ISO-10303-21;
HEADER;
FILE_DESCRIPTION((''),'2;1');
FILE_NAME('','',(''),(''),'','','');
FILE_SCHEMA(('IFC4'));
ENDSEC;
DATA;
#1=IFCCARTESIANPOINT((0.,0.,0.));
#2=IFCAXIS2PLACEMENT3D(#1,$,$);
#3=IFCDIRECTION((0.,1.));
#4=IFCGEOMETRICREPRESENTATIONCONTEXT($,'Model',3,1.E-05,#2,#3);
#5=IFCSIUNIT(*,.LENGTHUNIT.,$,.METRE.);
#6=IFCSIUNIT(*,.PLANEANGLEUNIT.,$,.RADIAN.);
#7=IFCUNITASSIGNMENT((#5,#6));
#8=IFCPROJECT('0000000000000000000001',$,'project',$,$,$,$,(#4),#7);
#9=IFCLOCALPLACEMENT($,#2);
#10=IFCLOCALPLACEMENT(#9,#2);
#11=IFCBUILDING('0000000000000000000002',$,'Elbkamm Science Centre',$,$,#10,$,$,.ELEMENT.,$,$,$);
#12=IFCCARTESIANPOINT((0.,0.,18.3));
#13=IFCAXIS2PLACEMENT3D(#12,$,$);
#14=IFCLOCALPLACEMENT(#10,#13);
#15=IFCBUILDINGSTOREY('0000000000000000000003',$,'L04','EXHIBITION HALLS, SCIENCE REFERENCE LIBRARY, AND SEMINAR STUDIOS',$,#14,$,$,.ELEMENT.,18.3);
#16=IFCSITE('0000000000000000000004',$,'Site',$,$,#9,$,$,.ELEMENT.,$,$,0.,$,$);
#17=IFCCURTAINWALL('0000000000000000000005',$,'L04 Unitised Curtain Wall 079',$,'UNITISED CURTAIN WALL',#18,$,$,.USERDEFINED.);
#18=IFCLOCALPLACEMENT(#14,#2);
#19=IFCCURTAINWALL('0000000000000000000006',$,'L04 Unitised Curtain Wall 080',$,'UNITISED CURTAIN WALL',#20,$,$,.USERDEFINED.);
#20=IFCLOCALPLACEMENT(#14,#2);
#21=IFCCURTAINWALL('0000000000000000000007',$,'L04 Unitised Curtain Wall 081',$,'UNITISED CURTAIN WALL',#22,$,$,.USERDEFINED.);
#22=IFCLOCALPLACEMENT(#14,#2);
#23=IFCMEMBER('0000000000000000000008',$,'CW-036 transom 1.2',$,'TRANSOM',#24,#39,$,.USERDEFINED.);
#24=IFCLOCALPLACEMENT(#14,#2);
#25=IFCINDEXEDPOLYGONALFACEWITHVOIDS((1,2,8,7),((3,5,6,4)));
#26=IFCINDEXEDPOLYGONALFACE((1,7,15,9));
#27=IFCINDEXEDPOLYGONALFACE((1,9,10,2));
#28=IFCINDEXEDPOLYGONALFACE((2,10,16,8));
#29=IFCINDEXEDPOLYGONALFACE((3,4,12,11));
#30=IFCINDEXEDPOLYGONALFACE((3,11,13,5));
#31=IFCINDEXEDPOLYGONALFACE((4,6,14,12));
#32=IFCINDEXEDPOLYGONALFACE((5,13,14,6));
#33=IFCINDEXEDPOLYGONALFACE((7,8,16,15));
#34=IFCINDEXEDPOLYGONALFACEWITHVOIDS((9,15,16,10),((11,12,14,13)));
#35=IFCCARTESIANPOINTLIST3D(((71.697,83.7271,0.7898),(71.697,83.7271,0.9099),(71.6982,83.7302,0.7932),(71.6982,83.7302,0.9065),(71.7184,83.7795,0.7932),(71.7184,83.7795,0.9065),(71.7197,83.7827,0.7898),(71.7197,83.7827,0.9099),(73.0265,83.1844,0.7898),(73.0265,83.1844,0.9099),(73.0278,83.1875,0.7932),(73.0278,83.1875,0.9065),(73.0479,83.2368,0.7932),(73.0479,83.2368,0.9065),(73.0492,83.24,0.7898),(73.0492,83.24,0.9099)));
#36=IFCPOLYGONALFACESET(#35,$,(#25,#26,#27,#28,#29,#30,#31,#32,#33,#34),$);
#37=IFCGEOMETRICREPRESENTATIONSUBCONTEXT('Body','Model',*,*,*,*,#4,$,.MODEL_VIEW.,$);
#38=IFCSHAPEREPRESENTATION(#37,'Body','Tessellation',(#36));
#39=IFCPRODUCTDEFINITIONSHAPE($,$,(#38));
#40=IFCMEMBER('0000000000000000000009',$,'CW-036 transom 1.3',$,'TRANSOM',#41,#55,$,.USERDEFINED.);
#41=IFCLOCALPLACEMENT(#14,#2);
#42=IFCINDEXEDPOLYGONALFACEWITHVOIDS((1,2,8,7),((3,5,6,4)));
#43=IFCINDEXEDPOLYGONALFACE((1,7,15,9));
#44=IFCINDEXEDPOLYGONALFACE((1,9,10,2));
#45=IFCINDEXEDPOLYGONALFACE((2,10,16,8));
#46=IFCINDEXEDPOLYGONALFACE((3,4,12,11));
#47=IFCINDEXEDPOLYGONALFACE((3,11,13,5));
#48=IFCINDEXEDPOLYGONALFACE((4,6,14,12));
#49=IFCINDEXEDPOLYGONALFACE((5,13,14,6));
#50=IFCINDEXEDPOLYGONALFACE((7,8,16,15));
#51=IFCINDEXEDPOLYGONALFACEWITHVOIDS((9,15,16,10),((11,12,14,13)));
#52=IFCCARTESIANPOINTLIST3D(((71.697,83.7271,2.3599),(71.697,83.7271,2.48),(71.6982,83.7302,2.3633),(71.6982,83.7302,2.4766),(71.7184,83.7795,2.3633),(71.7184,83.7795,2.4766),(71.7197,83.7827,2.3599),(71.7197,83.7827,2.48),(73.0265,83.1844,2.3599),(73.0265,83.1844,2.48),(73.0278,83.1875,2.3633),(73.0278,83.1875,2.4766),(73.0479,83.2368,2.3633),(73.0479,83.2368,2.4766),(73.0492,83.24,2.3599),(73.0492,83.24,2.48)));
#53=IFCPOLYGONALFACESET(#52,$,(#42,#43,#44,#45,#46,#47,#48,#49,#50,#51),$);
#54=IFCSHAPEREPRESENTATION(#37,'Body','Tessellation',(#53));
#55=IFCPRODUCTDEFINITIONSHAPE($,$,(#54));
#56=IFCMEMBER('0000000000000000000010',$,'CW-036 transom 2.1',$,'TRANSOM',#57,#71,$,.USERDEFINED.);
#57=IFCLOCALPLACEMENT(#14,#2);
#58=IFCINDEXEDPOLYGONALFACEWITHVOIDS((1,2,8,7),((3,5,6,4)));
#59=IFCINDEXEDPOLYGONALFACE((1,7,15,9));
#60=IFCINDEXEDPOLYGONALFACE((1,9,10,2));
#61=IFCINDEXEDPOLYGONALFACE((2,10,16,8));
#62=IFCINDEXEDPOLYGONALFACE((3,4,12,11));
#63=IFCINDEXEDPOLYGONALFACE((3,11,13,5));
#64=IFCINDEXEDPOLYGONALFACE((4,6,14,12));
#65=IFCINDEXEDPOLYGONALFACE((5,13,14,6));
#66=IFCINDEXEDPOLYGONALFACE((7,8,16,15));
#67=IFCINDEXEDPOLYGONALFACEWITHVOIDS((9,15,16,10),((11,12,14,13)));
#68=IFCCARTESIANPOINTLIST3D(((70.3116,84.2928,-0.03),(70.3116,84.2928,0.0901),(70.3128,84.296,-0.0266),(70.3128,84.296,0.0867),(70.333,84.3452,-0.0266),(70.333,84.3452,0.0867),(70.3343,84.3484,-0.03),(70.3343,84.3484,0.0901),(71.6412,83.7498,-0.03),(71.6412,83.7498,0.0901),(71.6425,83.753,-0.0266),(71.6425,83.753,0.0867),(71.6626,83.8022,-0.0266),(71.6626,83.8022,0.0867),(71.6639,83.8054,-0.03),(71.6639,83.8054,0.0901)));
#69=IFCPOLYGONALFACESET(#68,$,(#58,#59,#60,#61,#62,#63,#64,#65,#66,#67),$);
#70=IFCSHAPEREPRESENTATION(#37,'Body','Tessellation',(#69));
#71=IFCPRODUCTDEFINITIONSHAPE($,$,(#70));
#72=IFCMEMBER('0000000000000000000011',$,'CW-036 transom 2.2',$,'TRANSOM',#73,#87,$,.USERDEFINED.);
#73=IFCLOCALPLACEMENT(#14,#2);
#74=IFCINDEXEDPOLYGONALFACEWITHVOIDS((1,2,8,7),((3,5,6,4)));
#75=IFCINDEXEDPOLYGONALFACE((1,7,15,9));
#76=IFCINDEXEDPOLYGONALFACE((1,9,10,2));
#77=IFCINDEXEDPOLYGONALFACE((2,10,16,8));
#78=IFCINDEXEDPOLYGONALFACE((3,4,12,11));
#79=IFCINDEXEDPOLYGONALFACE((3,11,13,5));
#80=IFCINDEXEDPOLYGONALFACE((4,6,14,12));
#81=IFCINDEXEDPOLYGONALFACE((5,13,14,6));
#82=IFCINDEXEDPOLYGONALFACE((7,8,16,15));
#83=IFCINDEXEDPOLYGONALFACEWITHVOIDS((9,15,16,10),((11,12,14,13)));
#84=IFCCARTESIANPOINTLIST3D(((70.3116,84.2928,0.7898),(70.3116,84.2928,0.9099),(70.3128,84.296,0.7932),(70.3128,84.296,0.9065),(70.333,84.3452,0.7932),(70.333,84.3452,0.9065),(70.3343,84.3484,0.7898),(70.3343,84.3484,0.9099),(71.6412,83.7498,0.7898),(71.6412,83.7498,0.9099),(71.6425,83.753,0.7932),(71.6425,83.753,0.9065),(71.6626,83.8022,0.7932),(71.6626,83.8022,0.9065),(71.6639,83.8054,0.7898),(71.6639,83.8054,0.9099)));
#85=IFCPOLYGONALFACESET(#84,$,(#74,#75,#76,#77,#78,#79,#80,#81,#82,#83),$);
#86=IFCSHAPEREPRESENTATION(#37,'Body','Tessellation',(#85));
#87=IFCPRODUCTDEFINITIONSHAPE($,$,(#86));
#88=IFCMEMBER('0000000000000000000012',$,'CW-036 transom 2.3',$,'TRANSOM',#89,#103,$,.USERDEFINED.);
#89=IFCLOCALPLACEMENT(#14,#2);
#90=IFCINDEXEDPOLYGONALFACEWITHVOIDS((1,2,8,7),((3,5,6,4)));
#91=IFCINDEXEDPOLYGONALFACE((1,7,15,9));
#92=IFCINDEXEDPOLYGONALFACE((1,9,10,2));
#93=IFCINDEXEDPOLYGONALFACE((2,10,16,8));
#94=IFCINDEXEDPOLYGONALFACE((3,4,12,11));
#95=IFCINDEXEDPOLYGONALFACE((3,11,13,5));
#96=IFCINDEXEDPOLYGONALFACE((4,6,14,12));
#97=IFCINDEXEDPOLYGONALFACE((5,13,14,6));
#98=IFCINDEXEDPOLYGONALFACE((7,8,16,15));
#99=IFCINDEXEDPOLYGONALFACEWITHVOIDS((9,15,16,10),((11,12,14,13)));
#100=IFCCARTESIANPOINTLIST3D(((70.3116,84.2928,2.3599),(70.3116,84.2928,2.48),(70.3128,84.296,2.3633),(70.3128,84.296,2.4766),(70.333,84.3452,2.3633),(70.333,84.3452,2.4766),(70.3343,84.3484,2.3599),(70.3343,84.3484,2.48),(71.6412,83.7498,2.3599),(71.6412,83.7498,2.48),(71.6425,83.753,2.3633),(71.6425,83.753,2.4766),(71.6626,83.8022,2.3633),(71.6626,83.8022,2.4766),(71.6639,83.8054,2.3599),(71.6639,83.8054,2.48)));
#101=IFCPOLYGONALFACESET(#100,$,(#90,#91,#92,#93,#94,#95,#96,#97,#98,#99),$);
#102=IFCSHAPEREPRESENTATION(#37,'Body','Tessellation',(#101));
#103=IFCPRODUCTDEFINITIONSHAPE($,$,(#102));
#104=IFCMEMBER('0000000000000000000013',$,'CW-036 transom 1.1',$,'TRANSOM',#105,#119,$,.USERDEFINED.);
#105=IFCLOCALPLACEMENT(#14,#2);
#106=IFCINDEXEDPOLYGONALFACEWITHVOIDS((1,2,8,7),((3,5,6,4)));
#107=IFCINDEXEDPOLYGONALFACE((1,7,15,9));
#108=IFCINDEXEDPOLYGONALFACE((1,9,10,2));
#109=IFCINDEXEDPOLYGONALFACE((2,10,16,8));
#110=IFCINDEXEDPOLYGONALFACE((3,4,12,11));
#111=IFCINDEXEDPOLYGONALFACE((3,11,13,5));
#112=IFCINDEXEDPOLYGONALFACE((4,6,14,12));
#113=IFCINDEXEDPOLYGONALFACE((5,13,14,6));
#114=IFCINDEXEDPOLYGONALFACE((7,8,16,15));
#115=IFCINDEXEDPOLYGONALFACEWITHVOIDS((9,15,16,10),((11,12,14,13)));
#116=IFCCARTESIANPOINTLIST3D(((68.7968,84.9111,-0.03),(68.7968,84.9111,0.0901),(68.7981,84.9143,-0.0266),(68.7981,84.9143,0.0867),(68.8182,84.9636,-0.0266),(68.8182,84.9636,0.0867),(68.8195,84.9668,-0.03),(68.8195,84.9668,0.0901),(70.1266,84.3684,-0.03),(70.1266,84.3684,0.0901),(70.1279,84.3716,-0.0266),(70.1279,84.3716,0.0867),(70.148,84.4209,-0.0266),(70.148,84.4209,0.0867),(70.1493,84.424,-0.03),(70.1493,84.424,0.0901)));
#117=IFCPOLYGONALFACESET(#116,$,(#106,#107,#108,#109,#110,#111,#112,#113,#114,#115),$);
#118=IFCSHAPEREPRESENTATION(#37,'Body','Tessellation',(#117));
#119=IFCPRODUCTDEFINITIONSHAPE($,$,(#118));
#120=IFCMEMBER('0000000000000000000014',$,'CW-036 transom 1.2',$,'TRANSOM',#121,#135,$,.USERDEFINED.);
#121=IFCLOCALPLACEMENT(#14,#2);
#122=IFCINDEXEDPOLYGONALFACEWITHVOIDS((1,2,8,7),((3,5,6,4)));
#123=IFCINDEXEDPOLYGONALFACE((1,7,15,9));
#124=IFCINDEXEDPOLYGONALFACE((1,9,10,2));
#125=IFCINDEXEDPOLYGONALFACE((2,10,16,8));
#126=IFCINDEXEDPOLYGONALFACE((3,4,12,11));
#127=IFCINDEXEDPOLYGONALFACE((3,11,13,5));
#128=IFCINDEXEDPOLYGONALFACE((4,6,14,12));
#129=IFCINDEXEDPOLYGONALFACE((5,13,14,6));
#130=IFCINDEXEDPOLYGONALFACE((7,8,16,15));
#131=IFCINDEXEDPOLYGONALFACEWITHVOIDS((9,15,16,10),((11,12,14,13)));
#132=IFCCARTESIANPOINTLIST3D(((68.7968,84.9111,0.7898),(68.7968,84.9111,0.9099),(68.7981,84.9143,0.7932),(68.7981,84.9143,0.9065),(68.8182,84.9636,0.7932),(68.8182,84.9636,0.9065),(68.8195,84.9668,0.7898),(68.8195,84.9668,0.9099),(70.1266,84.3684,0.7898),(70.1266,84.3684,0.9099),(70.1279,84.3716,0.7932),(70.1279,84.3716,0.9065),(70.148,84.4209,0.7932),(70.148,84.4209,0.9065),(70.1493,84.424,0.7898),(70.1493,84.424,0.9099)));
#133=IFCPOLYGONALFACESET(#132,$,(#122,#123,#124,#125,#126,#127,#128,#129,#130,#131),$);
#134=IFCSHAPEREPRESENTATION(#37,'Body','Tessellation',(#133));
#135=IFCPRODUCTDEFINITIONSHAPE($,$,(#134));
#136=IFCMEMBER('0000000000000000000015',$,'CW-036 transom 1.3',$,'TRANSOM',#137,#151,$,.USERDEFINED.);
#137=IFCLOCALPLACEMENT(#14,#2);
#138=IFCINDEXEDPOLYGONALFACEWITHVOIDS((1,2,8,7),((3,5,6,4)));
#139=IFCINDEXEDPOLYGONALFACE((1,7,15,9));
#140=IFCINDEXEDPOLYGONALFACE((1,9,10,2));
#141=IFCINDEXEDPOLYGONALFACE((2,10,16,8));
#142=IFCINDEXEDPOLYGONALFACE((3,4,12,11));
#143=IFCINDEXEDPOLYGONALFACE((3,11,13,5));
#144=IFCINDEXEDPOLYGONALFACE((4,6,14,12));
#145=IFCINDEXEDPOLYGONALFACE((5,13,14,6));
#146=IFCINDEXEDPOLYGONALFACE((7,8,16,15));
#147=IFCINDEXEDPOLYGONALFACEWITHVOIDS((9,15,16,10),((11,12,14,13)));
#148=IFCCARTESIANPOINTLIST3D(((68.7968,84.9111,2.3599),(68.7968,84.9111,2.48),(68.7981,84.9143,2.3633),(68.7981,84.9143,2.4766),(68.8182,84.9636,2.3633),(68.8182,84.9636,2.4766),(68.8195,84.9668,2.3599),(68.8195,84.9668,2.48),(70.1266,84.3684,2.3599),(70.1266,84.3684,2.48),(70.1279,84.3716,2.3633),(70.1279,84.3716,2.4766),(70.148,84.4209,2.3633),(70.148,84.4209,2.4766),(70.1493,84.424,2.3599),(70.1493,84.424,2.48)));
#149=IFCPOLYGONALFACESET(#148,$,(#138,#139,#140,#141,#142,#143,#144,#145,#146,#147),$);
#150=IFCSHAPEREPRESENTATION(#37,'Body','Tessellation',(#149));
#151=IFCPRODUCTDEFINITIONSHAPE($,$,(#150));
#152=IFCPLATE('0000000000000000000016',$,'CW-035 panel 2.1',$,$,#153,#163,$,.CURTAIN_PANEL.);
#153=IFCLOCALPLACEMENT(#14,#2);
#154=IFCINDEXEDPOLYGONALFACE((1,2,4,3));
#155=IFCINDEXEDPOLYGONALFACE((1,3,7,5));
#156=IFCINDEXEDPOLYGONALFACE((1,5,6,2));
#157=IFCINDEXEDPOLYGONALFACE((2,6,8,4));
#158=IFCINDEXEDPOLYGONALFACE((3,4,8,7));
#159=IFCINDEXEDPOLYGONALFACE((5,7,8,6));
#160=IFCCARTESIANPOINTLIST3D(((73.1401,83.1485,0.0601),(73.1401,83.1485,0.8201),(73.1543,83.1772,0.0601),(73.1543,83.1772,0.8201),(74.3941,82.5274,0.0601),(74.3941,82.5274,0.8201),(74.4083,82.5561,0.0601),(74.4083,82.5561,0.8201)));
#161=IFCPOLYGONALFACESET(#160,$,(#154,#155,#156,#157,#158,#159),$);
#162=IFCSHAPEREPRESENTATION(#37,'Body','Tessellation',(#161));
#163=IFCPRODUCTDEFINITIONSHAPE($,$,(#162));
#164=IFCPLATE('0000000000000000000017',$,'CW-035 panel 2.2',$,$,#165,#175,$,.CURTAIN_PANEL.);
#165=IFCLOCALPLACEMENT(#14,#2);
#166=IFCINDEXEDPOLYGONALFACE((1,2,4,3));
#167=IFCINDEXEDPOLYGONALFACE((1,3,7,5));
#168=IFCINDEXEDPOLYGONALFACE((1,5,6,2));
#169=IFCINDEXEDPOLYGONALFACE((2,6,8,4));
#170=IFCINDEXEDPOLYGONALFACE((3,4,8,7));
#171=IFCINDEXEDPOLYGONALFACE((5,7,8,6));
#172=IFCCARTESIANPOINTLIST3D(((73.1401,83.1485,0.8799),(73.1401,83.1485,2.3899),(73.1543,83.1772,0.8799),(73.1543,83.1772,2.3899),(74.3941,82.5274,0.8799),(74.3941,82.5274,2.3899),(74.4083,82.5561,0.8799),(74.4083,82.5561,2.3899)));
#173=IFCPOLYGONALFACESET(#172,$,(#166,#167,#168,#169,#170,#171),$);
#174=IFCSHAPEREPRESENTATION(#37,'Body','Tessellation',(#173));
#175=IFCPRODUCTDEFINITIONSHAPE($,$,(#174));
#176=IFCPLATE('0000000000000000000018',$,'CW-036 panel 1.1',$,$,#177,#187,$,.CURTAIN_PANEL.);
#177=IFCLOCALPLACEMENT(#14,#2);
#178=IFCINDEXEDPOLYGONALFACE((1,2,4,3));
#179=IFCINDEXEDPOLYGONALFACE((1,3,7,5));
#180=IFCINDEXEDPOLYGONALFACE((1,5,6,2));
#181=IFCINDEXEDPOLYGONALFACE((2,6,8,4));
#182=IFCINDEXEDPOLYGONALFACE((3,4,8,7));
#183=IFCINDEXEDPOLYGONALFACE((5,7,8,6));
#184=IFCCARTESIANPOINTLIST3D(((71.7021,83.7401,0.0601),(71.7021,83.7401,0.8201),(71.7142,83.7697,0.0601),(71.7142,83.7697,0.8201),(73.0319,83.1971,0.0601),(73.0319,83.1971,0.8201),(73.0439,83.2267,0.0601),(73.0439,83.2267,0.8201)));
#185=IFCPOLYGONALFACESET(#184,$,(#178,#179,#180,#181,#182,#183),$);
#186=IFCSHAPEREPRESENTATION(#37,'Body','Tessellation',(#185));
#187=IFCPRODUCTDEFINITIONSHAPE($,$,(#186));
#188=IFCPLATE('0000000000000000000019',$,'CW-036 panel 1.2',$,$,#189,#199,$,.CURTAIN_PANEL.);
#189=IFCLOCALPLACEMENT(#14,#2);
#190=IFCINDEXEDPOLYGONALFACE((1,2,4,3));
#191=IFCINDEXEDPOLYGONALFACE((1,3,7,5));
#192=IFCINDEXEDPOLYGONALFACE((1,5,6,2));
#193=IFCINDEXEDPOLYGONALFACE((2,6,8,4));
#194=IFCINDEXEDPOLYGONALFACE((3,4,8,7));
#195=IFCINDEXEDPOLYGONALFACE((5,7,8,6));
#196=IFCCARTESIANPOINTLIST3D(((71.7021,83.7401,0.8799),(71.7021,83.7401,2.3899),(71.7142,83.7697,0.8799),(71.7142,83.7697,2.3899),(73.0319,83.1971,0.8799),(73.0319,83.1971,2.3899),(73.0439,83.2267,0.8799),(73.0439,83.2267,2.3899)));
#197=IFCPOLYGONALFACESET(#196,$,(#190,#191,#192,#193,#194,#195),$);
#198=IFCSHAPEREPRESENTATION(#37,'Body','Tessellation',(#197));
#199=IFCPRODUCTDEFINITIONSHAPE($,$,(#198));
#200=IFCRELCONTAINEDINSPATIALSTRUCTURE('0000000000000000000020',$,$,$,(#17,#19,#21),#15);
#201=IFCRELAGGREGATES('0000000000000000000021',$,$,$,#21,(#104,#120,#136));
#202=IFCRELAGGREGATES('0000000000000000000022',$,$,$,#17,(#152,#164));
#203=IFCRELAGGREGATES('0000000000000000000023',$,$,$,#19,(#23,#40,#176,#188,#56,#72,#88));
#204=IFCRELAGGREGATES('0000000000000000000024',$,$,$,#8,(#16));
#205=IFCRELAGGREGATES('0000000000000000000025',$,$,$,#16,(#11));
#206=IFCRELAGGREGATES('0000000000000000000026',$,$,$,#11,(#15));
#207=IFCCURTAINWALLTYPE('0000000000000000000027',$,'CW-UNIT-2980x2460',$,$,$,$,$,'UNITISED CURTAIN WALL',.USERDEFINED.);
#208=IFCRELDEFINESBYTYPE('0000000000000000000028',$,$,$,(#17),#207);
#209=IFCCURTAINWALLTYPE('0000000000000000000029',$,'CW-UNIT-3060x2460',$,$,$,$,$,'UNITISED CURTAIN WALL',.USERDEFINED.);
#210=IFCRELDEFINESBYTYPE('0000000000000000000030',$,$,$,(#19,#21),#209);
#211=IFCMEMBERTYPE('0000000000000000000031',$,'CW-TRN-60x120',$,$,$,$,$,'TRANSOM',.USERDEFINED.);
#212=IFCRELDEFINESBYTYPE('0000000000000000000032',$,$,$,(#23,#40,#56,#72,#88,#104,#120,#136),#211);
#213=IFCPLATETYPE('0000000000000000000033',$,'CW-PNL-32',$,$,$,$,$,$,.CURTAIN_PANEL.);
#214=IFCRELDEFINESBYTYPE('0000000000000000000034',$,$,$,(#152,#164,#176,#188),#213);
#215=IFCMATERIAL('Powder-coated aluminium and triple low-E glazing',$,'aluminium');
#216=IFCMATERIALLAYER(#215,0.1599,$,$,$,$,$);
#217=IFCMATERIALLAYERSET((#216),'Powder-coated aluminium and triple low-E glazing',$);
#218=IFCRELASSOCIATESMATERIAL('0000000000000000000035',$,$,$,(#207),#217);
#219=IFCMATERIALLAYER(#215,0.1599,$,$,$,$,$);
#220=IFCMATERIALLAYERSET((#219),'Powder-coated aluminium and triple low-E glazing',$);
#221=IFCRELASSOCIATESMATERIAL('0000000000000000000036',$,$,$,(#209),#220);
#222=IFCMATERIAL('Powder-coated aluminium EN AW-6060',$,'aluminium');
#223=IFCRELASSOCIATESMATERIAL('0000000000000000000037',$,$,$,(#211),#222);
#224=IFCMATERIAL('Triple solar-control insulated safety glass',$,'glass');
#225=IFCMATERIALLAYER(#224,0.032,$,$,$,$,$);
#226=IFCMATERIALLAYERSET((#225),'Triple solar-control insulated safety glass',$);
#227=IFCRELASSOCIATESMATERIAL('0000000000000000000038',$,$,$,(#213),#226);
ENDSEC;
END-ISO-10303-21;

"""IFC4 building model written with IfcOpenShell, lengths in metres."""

from ifc_helpers import new_model, si_unit, direction, frame, origin, origin_2d, place, context, subcontext, project, spatial, rectangle, hollow_rectangle, extrude, material, layer, layer_set, material_profile, profile_set, type_object, element, aggregate, save


model = new_model("IFC4")

# Units and contexts
model_context = context("Model", 3, precision=1e-05, world=origin(), true_north=direction((0.0, 1.0)))
body_context = subcontext(model_context, "Body", "Model", "MODEL_VIEW")
ifc_project = project(units=[si_unit("LENGTHUNIT", "METRE"), si_unit("PLANEANGLEUNIT", "RADIAN")], contexts=[model_context])

# Site, building, storey
site_placement = place(None, origin())
site = spatial("IfcSite", under=ifc_project, at=site_placement, Name="Site", CompositionType="ELEMENT", RefElevation=0.0)
building_placement = place(site_placement, origin())
building = spatial("IfcBuilding", under=site, at=building_placement, Name="Elbkamm Science Centre", CompositionType="ELEMENT")
storey_placement = place(building_placement, frame((0.0, 0.0, 18.3)))
storey = spatial("IfcBuildingStorey", under=building, at=storey_placement, Name="L04", Description="EXHIBITION HALLS, SCIENCE REFERENCE LIBRARY, AND SEMINAR STUDIOS", CompositionType="ELEMENT", Elevation=18.3)

# Curtain wall
ifc_material_1 = material(Name="Powder-coated aluminium and triple low-E glazing", Category="aluminium")
ifc_layer_1 = layer(ifc_material_1, 0.1599)
ifc_layer_set_1 = layer_set([ifc_layer_1], Name="Powder-coated aluminium and triple low-E glazing")
curtain_wall_type_1 = type_object("IfcCurtainWallType", Name="CW-UNIT-2980x2460", ElementType="UNITISED CURTAIN WALL", PredefinedType="USERDEFINED", material=ifc_layer_set_1)
curtain_wall_1_placement = place(storey_placement, origin())
curtain_wall_1 = element("IfcCurtainWall", 1, at=curtain_wall_1_placement, inside=storey, type_object=curtain_wall_type_1, Name="L04 Unitised Curtain Wall 079", ObjectType="UNITISED CURTAIN WALL", PredefinedType="USERDEFINED")
ifc_material_2 = material(Name="Powder-coated aluminium EN AW-6060", Category="aluminium")

# Curtain wall
ifc_layer_2 = layer(ifc_material_1, 0.1599)
ifc_layer_set_2 = layer_set([ifc_layer_2], Name="Powder-coated aluminium and triple low-E glazing")
curtain_wall_type_2 = type_object("IfcCurtainWallType", Name="CW-UNIT-3060x2460", ElementType="UNITISED CURTAIN WALL", PredefinedType="USERDEFINED", material=ifc_layer_set_2)
curtain_wall_2_placement = place(storey_placement, origin())
curtain_wall_2 = element("IfcCurtainWall", 2, at=curtain_wall_2_placement, inside=storey, type_object=curtain_wall_type_2, Name="L04 Unitised Curtain Wall 080", ObjectType="UNITISED CURTAIN WALL", PredefinedType="USERDEFINED")

# Curtain wall
curtain_wall_3_placement = place(storey_placement, origin())
curtain_wall_3 = element("IfcCurtainWall", 3, at=curtain_wall_3_placement, inside=storey, type_object=curtain_wall_type_2, Name="L04 Unitised Curtain Wall 081", ObjectType="UNITISED CURTAIN WALL", PredefinedType="USERDEFINED")

# Members
ifc_material_profile_1 = material_profile(ifc_material_2, hollow_rectangle(XDim=0.0601, YDim=0.1201, WallThickness=0.0034, at=origin_2d()), Name="ALU T60x120")
ifc_profile_set_1 = profile_set([ifc_material_profile_1], Name="Powder-coated aluminium EN AW-6060")
member_type_1 = type_object("IfcMemberType", Name="CW-TRN-60x120", ElementType="TRANSOM", PredefinedType="USERDEFINED", material=ifc_profile_set_1)
member_1_placement = place(storey_placement, frame((73.0378, 83.2122, 0.8499), z_axis=(-0.925839, 0.377918, 0.0), x_axis=(-0.377918, -0.925839, 0.0)))
member_1 = element("IfcMember", 4, at=member_1_placement, type_object=member_type_1, Name="CW-036 transom 1.2", ObjectType="TRANSOM", PredefinedType="USERDEFINED", context=body_context, shape_type="SweptSolid", body=[
    extrude(hollow_rectangle(XDim=0.0601, YDim=0.1201, WallThickness=0.0034, at=origin_2d()), origin(), (0.0, 0.0, 1.0), 1.436),
])
member_2_placement = place(storey_placement, frame((73.0378, 83.2122, 2.4199), z_axis=(-0.925839, 0.377918, 0.0), x_axis=(-0.377918, -0.925839, 0.0)))
member_2 = element("IfcMember", 5, at=member_2_placement, type_object=member_type_1, Name="CW-036 transom 1.3", ObjectType="TRANSOM", PredefinedType="USERDEFINED", context=body_context, shape_type="SweptSolid", body=[
    extrude(hollow_rectangle(XDim=0.0601, YDim=0.1201, WallThickness=0.0034, at=origin_2d()), origin(), (0.0, 0.0, 1.0), 1.436),
])
member_3_placement = place(storey_placement, frame((71.6526, 83.7776, 0.03), z_axis=(-0.92578, 0.378064, 0.0), x_axis=(-0.378064, -0.92578, 0.0)))
member_3 = element("IfcMember", 6, at=member_3_placement, type_object=member_type_1, Name="CW-036 transom 2.1", ObjectType="TRANSOM", PredefinedType="USERDEFINED", context=body_context, shape_type="SweptSolid", body=[
    extrude(hollow_rectangle(XDim=0.0601, YDim=0.1201, WallThickness=0.0034, at=origin_2d()), origin(), (0.0, 0.0, 1.0), 1.4363),
])
member_4_placement = place(storey_placement, frame((71.6526, 83.7776, 0.8499), z_axis=(-0.92578, 0.378064, 0.0), x_axis=(-0.378064, -0.92578, 0.0)))
member_4 = element("IfcMember", 7, at=member_4_placement, type_object=member_type_1, Name="CW-036 transom 2.2", ObjectType="TRANSOM", PredefinedType="USERDEFINED", context=body_context, shape_type="SweptSolid", body=[
    extrude(hollow_rectangle(XDim=0.0601, YDim=0.1201, WallThickness=0.0034, at=origin_2d()), origin(), (0.0, 0.0, 1.0), 1.4363),
])
member_5_placement = place(storey_placement, frame((71.6526, 83.7776, 2.4199), z_axis=(-0.92578, 0.378064, 0.0), x_axis=(-0.378064, -0.92578, 0.0)))
member_5 = element("IfcMember", 8, at=member_5_placement, type_object=member_type_1, Name="CW-036 transom 2.3", ObjectType="TRANSOM", PredefinedType="USERDEFINED", context=body_context, shape_type="SweptSolid", body=[
    extrude(hollow_rectangle(XDim=0.0601, YDim=0.1201, WallThickness=0.0034, at=origin_2d()), origin(), (0.0, 0.0, 1.0), 1.4363),
])
member_6_placement = place(storey_placement, frame((70.1379, 84.3962, 0.03), z_axis=(-0.925863, 0.377858, 0.0), x_axis=(-0.377858, -0.925863, 0.0)))
member_6 = element("IfcMember", 9, at=member_6_placement, type_object=member_type_1, Name="CW-036 transom 1.1", ObjectType="TRANSOM", PredefinedType="USERDEFINED", context=body_context, shape_type="SweptSolid", body=[
    extrude(hollow_rectangle(XDim=0.0601, YDim=0.1201, WallThickness=0.0034, at=origin_2d()), origin(), (0.0, 0.0, 1.0), 1.4363),
])
member_7_placement = place(storey_placement, frame((70.1379, 84.3962, 0.8499), z_axis=(-0.925863, 0.377858, 0.0), x_axis=(-0.377858, -0.925863, 0.0)))
member_7 = element("IfcMember", 10, at=member_7_placement, type_object=member_type_1, Name="CW-036 transom 1.2", ObjectType="TRANSOM", PredefinedType="USERDEFINED", context=body_context, shape_type="SweptSolid", body=[
    extrude(hollow_rectangle(XDim=0.0601, YDim=0.1201, WallThickness=0.0034, at=origin_2d()), origin(), (0.0, 0.0, 1.0), 1.4363),
])
member_8_placement = place(storey_placement, frame((70.1379, 84.3962, 2.4199), z_axis=(-0.925863, 0.377858, 0.0), x_axis=(-0.377858, -0.925863, 0.0)))
member_8 = element("IfcMember", 11, at=member_8_placement, type_object=member_type_1, Name="CW-036 transom 1.3", ObjectType="TRANSOM", PredefinedType="USERDEFINED", context=body_context, shape_type="SweptSolid", body=[
    extrude(hollow_rectangle(XDim=0.0601, YDim=0.1201, WallThickness=0.0034, at=origin_2d()), origin(), (0.0, 0.0, 1.0), 1.4363),
])
aggregate(curtain_wall_3, [member_6, member_7, member_8])

# Plates
ifc_material_3 = material(Name="Triple solar-control insulated safety glass", Category="glass")
ifc_layer_3 = layer(ifc_material_3, 0.032)
ifc_layer_set_3 = layer_set([ifc_layer_3], Name="Triple solar-control insulated safety glass")
plate_type = type_object("IfcPlateType", Name="CW-PNL-32", PredefinedType="CURTAIN_PANEL", material=ifc_layer_set_3)
plate_1_placement = place(storey_placement, frame((73.7742, 82.8523, 0.0601), z_axis=(0.0, 0.0, 1.0), x_axis=(-0.896106, 0.44384, 0.0)))
plate_1 = element("IfcPlate", 12, at=plate_1_placement, type_object=plate_type, Name="CW-035 panel 2.1", PredefinedType="CURTAIN_PANEL", context=body_context, shape_type="SweptSolid", body=[
    extrude(rectangle(XDim=1.3994, YDim=0.032, at=origin_2d()), origin(), (0.0, 0.0, 1.0), 0.76),
])
plate_2_placement = place(storey_placement, frame((73.7742, 82.8523, 0.8799), z_axis=(0.0, 0.0, 1.0), x_axis=(-0.896106, 0.44384, 0.0)))
plate_2 = element("IfcPlate", 13, at=plate_2_placement, type_object=plate_type, Name="CW-035 panel 2.2", PredefinedType="CURTAIN_PANEL", context=body_context, shape_type="SweptSolid", body=[
    extrude(rectangle(XDim=1.3994, YDim=0.032, at=origin_2d()), origin(), (0.0, 0.0, 1.0), 1.51),
])
aggregate(curtain_wall_1, [plate_1, plate_2])
plate_3_placement = place(storey_placement, frame((72.373, 83.4834, 0.0601), z_axis=(0.0, 0.0, 1.0), x_axis=(-0.925805, 0.378001, 0.0)))
plate_3 = element("IfcPlate", 14, at=plate_3_placement, type_object=plate_type, Name="CW-036 panel 1.1", PredefinedType="CURTAIN_PANEL", context=body_context, shape_type="SweptSolid", body=[
    extrude(rectangle(XDim=1.4363, YDim=0.032, at=origin_2d()), origin(), (0.0, 0.0, 1.0), 0.76),
])
plate_4_placement = place(storey_placement, frame((72.373, 83.4834, 0.8799), z_axis=(0.0, 0.0, 1.0), x_axis=(-0.925805, 0.378001, 0.0)))
plate_4 = element("IfcPlate", 15, at=plate_4_placement, type_object=plate_type, Name="CW-036 panel 1.2", PredefinedType="CURTAIN_PANEL", context=body_context, shape_type="SweptSolid", body=[
    extrude(rectangle(XDim=1.4363, YDim=0.032, at=origin_2d()), origin(), (0.0, 0.0, 1.0), 1.51),
])
aggregate(curtain_wall_2, [member_1, member_2, plate_3, plate_4, member_3, member_4, member_5])

save(model, "model.ifc")
